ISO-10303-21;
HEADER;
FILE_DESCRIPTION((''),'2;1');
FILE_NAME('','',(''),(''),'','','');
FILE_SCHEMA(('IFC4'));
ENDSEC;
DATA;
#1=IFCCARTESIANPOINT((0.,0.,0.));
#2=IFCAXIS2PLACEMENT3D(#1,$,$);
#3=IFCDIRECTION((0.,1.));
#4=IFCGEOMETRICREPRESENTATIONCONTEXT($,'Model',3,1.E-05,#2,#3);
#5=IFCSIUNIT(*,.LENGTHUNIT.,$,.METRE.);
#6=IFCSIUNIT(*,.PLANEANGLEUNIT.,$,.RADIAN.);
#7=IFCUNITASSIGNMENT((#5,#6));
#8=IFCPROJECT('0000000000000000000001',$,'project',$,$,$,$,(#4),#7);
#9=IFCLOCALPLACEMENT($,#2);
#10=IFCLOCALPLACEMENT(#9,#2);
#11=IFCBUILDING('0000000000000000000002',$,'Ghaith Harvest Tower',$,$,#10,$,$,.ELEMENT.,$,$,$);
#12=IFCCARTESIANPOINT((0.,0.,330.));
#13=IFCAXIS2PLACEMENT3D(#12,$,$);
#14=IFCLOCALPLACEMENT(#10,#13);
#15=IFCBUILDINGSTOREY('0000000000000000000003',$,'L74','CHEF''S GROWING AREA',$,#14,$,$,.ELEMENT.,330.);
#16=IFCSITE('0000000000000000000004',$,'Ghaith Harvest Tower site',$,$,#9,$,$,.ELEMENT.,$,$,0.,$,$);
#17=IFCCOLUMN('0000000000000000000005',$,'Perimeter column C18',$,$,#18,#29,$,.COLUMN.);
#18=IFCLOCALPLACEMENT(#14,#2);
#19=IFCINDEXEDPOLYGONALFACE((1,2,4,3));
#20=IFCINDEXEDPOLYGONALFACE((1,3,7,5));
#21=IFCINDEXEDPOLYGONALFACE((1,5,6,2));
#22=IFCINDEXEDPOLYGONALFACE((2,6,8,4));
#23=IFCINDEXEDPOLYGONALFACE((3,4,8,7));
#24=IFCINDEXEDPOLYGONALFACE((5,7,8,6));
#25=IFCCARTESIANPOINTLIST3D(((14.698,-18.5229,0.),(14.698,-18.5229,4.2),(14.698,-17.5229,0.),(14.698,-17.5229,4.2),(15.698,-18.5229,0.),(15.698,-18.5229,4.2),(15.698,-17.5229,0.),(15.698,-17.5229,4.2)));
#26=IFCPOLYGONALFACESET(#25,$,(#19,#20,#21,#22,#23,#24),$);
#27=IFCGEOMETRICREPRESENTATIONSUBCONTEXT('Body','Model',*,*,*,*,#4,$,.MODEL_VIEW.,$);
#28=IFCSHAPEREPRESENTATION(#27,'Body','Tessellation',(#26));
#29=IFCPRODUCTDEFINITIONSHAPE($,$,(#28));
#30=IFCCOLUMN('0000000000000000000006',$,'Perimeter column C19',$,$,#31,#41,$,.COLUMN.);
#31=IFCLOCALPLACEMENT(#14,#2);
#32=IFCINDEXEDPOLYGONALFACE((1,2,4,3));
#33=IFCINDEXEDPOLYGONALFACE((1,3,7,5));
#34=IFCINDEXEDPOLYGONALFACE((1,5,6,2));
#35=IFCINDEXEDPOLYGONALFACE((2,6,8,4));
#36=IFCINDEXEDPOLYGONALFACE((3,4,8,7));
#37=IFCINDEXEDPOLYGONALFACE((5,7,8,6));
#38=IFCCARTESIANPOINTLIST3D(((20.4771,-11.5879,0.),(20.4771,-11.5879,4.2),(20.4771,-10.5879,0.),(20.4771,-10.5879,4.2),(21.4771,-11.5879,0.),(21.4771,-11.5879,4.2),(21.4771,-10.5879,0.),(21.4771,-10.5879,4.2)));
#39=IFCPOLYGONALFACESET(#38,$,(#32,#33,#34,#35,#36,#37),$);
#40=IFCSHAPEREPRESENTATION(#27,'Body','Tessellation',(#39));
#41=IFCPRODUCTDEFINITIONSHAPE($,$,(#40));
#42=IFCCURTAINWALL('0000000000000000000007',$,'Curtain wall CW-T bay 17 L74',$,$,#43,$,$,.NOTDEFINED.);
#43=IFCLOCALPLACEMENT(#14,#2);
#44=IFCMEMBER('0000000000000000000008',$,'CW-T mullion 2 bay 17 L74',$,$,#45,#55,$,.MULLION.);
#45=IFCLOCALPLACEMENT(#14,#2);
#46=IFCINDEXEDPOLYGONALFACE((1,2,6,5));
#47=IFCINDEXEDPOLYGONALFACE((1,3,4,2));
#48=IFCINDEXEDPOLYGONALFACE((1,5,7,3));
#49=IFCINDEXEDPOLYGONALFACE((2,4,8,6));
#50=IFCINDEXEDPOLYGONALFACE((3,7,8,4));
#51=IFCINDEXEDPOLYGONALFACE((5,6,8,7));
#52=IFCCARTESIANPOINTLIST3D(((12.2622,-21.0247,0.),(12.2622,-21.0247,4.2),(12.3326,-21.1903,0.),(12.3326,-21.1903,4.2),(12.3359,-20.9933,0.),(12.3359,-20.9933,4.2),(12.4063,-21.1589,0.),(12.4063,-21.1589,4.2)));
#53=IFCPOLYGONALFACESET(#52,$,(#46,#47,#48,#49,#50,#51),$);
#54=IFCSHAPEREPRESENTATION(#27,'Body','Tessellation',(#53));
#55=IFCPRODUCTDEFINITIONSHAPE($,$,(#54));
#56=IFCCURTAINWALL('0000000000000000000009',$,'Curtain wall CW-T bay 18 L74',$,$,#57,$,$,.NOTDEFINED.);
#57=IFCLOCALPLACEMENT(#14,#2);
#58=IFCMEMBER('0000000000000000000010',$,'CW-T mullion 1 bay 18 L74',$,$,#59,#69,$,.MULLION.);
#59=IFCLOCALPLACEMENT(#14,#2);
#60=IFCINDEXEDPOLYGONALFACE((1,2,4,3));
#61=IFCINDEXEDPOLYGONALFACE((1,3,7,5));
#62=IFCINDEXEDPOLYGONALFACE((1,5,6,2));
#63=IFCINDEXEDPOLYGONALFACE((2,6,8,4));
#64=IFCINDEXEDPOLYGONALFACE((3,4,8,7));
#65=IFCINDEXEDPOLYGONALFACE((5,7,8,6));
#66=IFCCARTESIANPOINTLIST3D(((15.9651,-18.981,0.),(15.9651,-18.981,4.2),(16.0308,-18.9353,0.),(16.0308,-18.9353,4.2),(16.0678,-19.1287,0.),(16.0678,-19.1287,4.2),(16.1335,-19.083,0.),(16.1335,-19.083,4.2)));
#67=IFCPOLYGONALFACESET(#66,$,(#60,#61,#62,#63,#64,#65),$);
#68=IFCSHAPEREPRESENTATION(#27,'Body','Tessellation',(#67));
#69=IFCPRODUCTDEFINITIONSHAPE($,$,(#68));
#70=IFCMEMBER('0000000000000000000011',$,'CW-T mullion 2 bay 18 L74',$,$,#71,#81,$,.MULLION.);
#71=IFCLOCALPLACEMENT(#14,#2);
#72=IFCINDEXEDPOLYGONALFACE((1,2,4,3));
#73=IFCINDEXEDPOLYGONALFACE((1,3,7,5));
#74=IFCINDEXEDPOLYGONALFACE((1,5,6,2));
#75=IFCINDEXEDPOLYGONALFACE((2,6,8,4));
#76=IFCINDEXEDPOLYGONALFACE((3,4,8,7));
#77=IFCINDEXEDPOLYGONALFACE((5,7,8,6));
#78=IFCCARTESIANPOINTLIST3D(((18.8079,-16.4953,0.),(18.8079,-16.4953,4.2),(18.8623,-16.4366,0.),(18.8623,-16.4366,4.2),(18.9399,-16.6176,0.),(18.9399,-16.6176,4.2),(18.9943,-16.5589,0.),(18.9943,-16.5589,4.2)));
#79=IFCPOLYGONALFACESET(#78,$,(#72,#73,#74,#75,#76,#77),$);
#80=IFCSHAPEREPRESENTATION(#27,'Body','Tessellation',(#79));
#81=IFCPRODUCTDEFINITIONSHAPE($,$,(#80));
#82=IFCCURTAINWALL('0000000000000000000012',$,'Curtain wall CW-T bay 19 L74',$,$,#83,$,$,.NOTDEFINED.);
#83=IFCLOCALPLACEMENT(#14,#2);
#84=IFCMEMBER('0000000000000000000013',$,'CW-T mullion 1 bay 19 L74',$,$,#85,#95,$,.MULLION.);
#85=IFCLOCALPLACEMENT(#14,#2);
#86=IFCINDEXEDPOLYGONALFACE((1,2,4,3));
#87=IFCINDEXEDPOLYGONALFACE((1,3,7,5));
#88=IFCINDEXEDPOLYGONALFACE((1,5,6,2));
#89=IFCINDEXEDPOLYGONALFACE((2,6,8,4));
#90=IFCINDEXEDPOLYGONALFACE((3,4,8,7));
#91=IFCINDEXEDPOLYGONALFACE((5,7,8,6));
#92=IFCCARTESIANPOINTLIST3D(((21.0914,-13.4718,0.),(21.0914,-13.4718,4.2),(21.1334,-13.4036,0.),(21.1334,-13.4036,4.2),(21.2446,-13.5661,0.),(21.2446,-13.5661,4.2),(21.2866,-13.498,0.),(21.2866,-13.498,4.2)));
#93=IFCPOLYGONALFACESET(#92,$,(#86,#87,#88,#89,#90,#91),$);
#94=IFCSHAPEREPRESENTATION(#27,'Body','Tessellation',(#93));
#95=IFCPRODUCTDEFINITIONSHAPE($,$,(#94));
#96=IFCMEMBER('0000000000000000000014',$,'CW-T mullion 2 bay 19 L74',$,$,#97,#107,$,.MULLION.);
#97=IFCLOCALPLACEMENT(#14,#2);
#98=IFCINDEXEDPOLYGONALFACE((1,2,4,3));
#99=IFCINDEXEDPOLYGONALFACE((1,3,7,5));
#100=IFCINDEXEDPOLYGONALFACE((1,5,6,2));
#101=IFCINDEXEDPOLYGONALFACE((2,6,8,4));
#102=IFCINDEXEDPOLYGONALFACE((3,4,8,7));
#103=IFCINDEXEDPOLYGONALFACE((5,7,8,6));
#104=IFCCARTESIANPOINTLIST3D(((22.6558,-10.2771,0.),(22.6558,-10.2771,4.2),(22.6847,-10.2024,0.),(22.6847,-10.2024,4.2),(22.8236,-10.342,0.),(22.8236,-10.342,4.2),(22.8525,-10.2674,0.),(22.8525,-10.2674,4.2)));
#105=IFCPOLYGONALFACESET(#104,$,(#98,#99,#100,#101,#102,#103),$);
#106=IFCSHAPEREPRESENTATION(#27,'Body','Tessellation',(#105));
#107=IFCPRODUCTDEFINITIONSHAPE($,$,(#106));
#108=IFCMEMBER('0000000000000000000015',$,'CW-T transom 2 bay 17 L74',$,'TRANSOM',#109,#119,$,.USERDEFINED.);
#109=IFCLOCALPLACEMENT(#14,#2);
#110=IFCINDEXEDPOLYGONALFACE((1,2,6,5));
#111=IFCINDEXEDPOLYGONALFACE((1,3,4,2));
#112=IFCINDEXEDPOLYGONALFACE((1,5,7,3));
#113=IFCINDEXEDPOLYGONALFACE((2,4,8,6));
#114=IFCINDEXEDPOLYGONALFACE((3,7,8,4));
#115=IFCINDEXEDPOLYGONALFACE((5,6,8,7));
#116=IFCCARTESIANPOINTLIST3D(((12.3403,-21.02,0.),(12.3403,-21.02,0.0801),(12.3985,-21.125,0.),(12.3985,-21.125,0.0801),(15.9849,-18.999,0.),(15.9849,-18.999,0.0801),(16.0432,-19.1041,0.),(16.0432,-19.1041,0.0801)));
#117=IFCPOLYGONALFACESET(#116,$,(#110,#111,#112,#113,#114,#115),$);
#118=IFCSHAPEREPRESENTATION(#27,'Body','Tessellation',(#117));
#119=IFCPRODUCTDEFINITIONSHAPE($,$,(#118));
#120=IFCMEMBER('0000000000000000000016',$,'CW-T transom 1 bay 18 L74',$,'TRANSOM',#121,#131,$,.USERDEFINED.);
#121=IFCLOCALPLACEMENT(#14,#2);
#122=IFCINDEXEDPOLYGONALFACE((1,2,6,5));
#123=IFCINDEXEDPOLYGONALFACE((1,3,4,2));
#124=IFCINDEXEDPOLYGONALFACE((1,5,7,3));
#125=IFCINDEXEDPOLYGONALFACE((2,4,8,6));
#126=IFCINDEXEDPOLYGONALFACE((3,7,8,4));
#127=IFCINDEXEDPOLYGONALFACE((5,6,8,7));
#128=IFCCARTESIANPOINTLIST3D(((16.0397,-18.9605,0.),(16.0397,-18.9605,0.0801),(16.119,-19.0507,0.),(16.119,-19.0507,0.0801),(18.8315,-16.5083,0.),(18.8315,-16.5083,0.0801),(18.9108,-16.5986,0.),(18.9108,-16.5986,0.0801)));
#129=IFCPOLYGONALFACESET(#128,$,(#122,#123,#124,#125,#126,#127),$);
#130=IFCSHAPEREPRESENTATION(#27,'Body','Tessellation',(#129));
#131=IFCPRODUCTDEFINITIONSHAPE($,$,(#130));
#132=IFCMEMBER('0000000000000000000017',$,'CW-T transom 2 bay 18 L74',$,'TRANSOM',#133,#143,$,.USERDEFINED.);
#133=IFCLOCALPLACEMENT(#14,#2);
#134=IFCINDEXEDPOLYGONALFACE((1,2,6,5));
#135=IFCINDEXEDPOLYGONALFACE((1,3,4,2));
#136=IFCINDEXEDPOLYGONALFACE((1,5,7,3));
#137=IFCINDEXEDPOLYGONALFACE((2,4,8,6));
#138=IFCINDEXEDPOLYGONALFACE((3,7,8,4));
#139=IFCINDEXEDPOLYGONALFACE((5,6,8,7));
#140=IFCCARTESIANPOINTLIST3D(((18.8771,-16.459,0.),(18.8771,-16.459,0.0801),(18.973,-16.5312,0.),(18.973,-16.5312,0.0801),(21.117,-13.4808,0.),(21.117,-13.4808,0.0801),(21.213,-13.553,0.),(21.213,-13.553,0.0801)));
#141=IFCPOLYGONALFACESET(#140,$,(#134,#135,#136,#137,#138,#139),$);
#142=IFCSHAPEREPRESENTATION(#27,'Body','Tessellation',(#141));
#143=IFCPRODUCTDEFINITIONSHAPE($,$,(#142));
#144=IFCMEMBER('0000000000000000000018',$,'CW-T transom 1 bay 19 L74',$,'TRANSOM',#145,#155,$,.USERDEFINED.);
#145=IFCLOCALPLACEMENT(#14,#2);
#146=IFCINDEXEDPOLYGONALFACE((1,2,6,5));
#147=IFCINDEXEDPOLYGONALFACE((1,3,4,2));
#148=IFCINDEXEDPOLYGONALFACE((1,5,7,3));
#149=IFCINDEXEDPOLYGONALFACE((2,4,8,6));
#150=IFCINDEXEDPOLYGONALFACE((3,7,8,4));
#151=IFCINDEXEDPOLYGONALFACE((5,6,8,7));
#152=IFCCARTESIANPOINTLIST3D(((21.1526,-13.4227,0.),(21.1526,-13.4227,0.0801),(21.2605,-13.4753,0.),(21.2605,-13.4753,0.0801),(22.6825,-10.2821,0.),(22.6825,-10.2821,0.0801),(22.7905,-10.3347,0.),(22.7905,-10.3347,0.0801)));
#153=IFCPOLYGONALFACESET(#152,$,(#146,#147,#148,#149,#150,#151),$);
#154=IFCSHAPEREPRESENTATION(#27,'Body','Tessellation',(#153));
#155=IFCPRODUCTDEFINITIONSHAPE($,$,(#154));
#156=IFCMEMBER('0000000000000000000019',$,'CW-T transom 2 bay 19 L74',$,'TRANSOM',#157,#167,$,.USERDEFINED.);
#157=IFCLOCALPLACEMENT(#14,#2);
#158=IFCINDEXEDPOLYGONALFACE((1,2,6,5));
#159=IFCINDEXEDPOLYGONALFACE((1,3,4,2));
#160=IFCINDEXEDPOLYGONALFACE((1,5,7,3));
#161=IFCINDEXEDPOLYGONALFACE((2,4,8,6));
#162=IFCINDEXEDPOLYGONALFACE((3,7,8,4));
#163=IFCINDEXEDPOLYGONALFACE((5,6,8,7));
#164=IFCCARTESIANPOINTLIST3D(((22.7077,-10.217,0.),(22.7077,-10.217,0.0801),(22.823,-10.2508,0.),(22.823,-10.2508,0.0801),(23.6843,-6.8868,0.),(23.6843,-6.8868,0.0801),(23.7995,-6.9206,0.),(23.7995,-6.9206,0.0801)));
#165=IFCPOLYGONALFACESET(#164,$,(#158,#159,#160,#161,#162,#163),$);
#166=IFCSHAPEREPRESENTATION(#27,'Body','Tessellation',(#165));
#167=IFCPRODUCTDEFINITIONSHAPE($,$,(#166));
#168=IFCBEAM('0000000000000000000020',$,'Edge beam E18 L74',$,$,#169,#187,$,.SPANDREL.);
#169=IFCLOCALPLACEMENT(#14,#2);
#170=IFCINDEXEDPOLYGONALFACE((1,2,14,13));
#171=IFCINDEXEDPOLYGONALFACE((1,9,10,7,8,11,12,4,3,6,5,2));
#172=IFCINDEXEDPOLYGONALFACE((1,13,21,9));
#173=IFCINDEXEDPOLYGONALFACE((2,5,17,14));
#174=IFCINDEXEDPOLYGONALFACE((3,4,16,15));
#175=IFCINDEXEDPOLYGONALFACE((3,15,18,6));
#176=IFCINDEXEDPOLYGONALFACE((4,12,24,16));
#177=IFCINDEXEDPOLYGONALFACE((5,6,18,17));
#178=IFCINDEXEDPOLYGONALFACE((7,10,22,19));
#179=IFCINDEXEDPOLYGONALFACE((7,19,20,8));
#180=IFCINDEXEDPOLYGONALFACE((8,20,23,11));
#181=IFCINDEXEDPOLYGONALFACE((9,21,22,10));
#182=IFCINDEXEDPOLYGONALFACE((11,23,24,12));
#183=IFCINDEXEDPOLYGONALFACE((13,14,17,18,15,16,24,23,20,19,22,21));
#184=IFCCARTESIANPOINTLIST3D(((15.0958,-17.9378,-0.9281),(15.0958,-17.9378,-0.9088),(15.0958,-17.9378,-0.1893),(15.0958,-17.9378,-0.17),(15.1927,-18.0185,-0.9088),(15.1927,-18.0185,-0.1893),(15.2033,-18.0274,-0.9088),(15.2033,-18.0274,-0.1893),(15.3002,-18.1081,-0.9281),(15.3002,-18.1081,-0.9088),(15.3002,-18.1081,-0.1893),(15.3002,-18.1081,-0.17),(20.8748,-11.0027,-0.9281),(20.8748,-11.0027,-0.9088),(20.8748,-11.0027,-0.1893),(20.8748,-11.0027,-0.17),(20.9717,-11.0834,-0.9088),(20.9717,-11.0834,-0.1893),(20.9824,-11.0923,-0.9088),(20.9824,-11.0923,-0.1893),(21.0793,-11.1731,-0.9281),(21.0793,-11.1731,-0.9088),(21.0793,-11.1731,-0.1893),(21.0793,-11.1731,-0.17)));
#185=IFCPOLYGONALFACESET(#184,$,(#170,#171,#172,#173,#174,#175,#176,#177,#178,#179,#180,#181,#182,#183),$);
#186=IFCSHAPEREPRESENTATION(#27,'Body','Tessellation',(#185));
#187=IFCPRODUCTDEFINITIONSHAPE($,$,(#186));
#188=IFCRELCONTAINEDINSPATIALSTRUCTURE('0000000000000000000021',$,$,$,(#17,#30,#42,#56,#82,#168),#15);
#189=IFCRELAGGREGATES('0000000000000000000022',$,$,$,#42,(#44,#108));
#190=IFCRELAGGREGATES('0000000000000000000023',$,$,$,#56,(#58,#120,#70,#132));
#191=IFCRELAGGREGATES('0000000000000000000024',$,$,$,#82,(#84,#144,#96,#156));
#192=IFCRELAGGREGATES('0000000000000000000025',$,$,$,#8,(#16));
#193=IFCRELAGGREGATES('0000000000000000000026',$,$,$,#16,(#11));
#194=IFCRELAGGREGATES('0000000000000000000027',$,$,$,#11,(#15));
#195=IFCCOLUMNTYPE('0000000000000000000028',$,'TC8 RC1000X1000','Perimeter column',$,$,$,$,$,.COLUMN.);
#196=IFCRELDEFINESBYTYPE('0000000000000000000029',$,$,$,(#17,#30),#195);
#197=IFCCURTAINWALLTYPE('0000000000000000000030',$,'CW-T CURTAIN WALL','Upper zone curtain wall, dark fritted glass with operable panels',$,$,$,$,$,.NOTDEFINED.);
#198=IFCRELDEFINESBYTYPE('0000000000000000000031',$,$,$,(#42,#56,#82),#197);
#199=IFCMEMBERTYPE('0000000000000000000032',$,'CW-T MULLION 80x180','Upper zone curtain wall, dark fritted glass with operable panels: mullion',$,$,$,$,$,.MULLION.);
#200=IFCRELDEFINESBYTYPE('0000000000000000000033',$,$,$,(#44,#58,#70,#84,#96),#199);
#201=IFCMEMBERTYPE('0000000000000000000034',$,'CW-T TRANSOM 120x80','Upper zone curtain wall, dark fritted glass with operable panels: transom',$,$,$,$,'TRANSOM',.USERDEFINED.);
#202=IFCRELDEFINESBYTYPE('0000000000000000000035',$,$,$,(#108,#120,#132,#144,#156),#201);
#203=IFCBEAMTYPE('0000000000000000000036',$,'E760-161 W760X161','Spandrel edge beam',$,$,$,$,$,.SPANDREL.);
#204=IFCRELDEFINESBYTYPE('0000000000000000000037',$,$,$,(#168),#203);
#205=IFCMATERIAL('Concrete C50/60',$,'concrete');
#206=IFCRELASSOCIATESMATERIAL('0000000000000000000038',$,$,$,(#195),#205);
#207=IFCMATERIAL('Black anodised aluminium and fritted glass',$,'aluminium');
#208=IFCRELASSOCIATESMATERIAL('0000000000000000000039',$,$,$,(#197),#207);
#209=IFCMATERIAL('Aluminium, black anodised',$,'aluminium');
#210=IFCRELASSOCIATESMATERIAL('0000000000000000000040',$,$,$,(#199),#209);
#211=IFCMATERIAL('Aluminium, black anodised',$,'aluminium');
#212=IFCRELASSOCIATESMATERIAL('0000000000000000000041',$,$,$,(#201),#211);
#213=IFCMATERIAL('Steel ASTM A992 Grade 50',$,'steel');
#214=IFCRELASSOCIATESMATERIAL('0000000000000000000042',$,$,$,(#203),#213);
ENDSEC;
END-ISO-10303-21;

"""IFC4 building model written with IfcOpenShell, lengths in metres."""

from ifc_helpers import new_model, si_unit, direction, frame, origin, origin_2d, place, context, subcontext, project, spatial, rectangle, i_section, extrude, material, material_profile, profile_set, type_object, element, aggregate, save


model = new_model("IFC4")

# Units and contexts
model_context = context("Model", 3, precision=1e-05, world=origin(), true_north=direction((0.0, 1.0)))
body_context = subcontext(model_context, "Body", "Model", "MODEL_VIEW")
ifc_project = project(units=[si_unit("LENGTHUNIT", "METRE"), si_unit("PLANEANGLEUNIT", "RADIAN")], contexts=[model_context])

# Site, building, storey
site_placement = place(None, origin())
site = spatial("IfcSite", under=ifc_project, at=site_placement, Name="Ghaith Harvest Tower site", CompositionType="ELEMENT", RefElevation=0.0)
building_placement = place(site_placement, origin())
building = spatial("IfcBuilding", under=site, at=building_placement, Name="Ghaith Harvest Tower", CompositionType="ELEMENT")
storey_placement = place(building_placement, frame((0.0, 0.0, 330.0)))
storey = spatial("IfcBuildingStorey", under=building, at=storey_placement, Name="L74", Description="CHEF'S GROWING AREA", CompositionType="ELEMENT", Elevation=330.0)

# Columns
ifc_material_1 = material(Name="Concrete C50/60", Category="concrete")
ifc_material_profile_1 = material_profile(ifc_material_1, rectangle(XDim=1.0, YDim=1.0, at=origin_2d()), Name="RC1000X1000")
ifc_profile_set_1 = profile_set([ifc_material_profile_1], Name="Concrete C50/60")
column_type = type_object("IfcColumnType", Name="TC8 RC1000X1000", Description="Perimeter column", PredefinedType="COLUMN", material=ifc_profile_set_1)
for number, where, z_axis, x_axis, name in (
    (1, (15.198, -18.0229, 0.0), (0.0, 0.0, 1.0), (1.0, 0.0, 0.0), "Perimeter column C18"),
    (2, (20.9771, -11.0879, 0.0), (0.0, 0.0, 1.0), (1.0, 0.0, 0.0), "Perimeter column C19"),
):
    element("IfcColumn", number, at=place(storey_placement, frame(where, z_axis=z_axis, x_axis=x_axis)), inside=storey, type_object=column_type, Name=name, PredefinedType="COLUMN", context=body_context, shape_type="SweptSolid", body=[
        extrude(rectangle(XDim=1.0, YDim=1.0, at=origin_2d()), origin(), (0.0, 0.0, 1.0), 4.2),
    ])

# Curtain wall, member
ifc_material_2 = material(Name="Black anodised aluminium and fritted glass", Category="aluminium")
curtain_wall_type = type_object("IfcCurtainWallType", Name="CW-T CURTAIN WALL", Description="Upper zone curtain wall, dark fritted glass with operable panels", PredefinedType="NOTDEFINED", material=ifc_material_2)
curtain_wall_1_placement = place(storey_placement, origin())
curtain_wall_1 = element("IfcCurtainWall", 3, at=curtain_wall_1_placement, inside=storey, type_object=curtain_wall_type, Name="Curtain wall CW-T bay 17 L74", PredefinedType="NOTDEFINED")
ifc_material_3 = material(Name="Aluminium, black anodised", Category="aluminium")
ifc_material_profile_2 = material_profile(ifc_material_3, rectangle(XDim=0.0801, YDim=0.1799, at=origin_2d()), Name="CW-T MULLION 80x180")
ifc_profile_set_2 = profile_set([ifc_material_profile_2], Name="Aluminium, black anodised")
member_type_1 = type_object("IfcMemberType", Name="CW-T MULLION 80x180", Description="Upper zone curtain wall, dark fritted glass with operable panels: mullion", PredefinedType="MULLION", material=ifc_profile_set_2)
member_1_placement = place(storey_placement, frame((12.3342, -21.0918, 0.0), z_axis=(0.0, 0.0, 1.0), x_axis=(0.920319, 0.391168, 0.0)))
member_1 = element("IfcMember", 4, at=member_1_placement, type_object=member_type_1, Name="CW-T mullion 2 bay 17 L74", PredefinedType="MULLION", context=body_context, shape_type="SweptSolid", body=[
    extrude(rectangle(XDim=0.0801, YDim=0.1799, at=origin_2d()), origin(), (0.0, 0.0, 1.0), 4.2),
])

# Curtain walls, members
curtain_wall_2_placement = place(storey_placement, origin())
curtain_wall_2 = element("IfcCurtainWall", 5, at=curtain_wall_2_placement, inside=storey, type_object=curtain_wall_type, Name="Curtain wall CW-T bay 18 L74", PredefinedType="NOTDEFINED")
member_2_placement = place(storey_placement, frame((16.0493, -19.032, 0.0), z_axis=(0.0, 0.0, 1.0), x_axis=(0.821112, 0.570767, 0.0)))
member_2 = element("IfcMember", 6, at=member_2_placement, type_object=member_type_1, Name="CW-T mullion 1 bay 18 L74", PredefinedType="MULLION", context=body_context, shape_type="SweptSolid", body=[
    extrude(rectangle(XDim=0.0801, YDim=0.1799, at=origin_2d()), origin(), (0.0, 0.0, 1.0), 4.2),
])
member_3_placement = place(storey_placement, frame((18.9011, -16.5271, 0.0), z_axis=(0.0, 0.0, 1.0), x_axis=(0.679661, 0.733526, 0.0)))
member_3 = element("IfcMember", 7, at=member_3_placement, type_object=member_type_1, Name="CW-T mullion 2 bay 18 L74", PredefinedType="MULLION", context=body_context, shape_type="SweptSolid", body=[
    extrude(rectangle(XDim=0.0801, YDim=0.1799, at=origin_2d()), origin(), (0.0, 0.0, 1.0), 4.2),
])
curtain_wall_3_placement = place(storey_placement, origin())
curtain_wall_3 = element("IfcCurtainWall", 8, at=curtain_wall_3_placement, inside=storey, type_object=curtain_wall_type, Name="Curtain wall CW-T bay 19 L74", PredefinedType="NOTDEFINED")
member_4_placement = place(storey_placement, frame((21.189, -13.4849, 0.0), z_axis=(0.0, 0.0, 1.0), x_axis=(0.524482, 0.851421, 0.0)))
member_4 = element("IfcMember", 9, at=member_4_placement, type_object=member_type_1, Name="CW-T mullion 1 bay 19 L74", PredefinedType="MULLION", context=body_context, shape_type="SweptSolid", body=[
    extrude(rectangle(XDim=0.0801, YDim=0.1799, at=origin_2d()), origin(), (0.0, 0.0, 1.0), 4.2),
])
member_5_placement = place(storey_placement, frame((22.7542, -10.2722, 0.0), z_axis=(0.0, 0.0, 1.0), x_axis=(0.361184, 0.932494, 0.0)))
member_5 = element("IfcMember", 10, at=member_5_placement, type_object=member_type_1, Name="CW-T mullion 2 bay 19 L74", PredefinedType="MULLION", context=body_context, shape_type="SweptSolid", body=[
    extrude(rectangle(XDim=0.0801, YDim=0.1799, at=origin_2d()), origin(), (0.0, 0.0, 1.0), 4.2),
])

# Members
ifc_material_4 = material(Name="Aluminium, black anodised", Category="aluminium")
ifc_material_profile_3 = material_profile(ifc_material_4, rectangle(XDim=0.1201, YDim=0.0801, at=origin_2d()), Name="CW-T TRANSOM 120x80")
ifc_profile_set_3 = profile_set([ifc_material_profile_3], Name="Aluminium, black anodised")
member_type_2 = type_object("IfcMemberType", Name="CW-T TRANSOM 120x80", Description="Upper zone curtain wall, dark fritted glass with operable panels: transom", ElementType="TRANSOM", PredefinedType="USERDEFINED", material=ifc_profile_set_3)
member_6_placement = place(storey_placement, frame((12.3694, -21.0725, 0.04), z_axis=(0.874552, 0.484932, 0.0), x_axis=(-0.484932, 0.874552, 0.0)))
member_6 = element("IfcMember", 11, at=member_6_placement, type_object=member_type_2, Name="CW-T transom 2 bay 17 L74", ObjectType="TRANSOM", PredefinedType="USERDEFINED", context=body_context, shape_type="SweptSolid", body=[
    extrude(rectangle(XDim=0.1201, YDim=0.0801, at=origin_2d()), origin(), (0.0, 0.0, 1.0), 4.1675),
])
member_7_placement = place(storey_placement, frame((16.0793, -19.0056, 0.04), z_axis=(0.751326, 0.659931, 0.0), x_axis=(-0.659931, 0.751326, 0.0)))
member_7 = element("IfcMember", 12, at=member_7_placement, type_object=member_type_2, Name="CW-T transom 1 bay 18 L74", ObjectType="TRANSOM", PredefinedType="USERDEFINED", context=body_context, shape_type="SweptSolid", body=[
    extrude(rectangle(XDim=0.1201, YDim=0.0801, at=origin_2d()), origin(), (0.0, 0.0, 1.0), 3.7158),
])
member_8_placement = place(storey_placement, frame((18.925, -16.4951, 0.04), z_axis=(0.601079, 0.79919, 0.0), x_axis=(-0.79919, 0.601079, 0.0)))
member_8 = element("IfcMember", 13, at=member_8_placement, type_object=member_type_2, Name="CW-T transom 2 bay 18 L74", ObjectType="TRANSOM", PredefinedType="USERDEFINED", context=body_context, shape_type="SweptSolid", body=[
    extrude(rectangle(XDim=0.1201, YDim=0.0801, at=origin_2d()), origin(), (0.0, 0.0, 1.0), 3.7266),
])
member_9_placement = place(storey_placement, frame((21.2065, -13.449, 0.04), z_axis=(0.437965, 0.898992, 0.0), x_axis=(-0.898992, 0.437965, 0.0)))
member_9 = element("IfcMember", 14, at=member_9_placement, type_object=member_type_2, Name="CW-T transom 1 bay 19 L74", ObjectType="TRANSOM", PredefinedType="USERDEFINED", context=body_context, shape_type="SweptSolid", body=[
    extrude(rectangle(XDim=0.1201, YDim=0.0801, at=origin_2d()), origin(), (0.0, 0.0, 1.0), 3.4934),
])
member_10_placement = place(storey_placement, frame((22.7654, -10.2339, 0.04), z_axis=(0.281385, 0.959595, 0.0), x_axis=(-0.959595, 0.281385, 0.0)))
member_10 = element("IfcMember", 15, at=member_10_placement, type_object=member_type_2, Name="CW-T transom 2 bay 19 L74", ObjectType="TRANSOM", PredefinedType="USERDEFINED", context=body_context, shape_type="SweptSolid", body=[
    extrude(rectangle(XDim=0.1201, YDim=0.0801, at=origin_2d()), origin(), (0.0, 0.0, 1.0), 3.4705),
])

# Beam
ifc_material_5 = material(Name="Steel ASTM A992 Grade 50", Category="steel")
ifc_material_profile_4 = material_profile(ifc_material_5, i_section(OverallWidth=0.2661, OverallDepth=0.7581, WebThickness=0.0139, FlangeThickness=0.0193, at=origin_2d()), Name="W760X161")
ifc_profile_set_4 = profile_set([ifc_material_profile_4], Name="Steel ASTM A992 Grade 50")
beam_type_1 = type_object("IfcBeamType", Name="E760-161 W760X161", Description="Spandrel edge beam", PredefinedType="SPANDREL", material=ifc_profile_set_4)
beam_1_placement = place(storey_placement, frame((15.198, -18.0229, -0.5491), z_axis=(0.640174, 0.76823, 0.0), x_axis=(-0.76823, 0.640174, 0.0)))
element("IfcBeam", 16, at=beam_1_placement, inside=storey, type_object=beam_type_1, Name="Edge beam E18 L74", PredefinedType="SPANDREL", context=body_context, shape_type="SweptSolid", body=[
    extrude(i_section(OverallWidth=0.2661, OverallDepth=0.7581, WebThickness=0.0139, FlangeThickness=0.0193, at=origin_2d()), origin(), (0.0, 0.0, 1.0), 9.0273),
])

aggregate(curtain_wall_1, [member_1, member_6])
aggregate(curtain_wall_2, [member_2, member_7, member_3, member_8])
aggregate(curtain_wall_3, [member_4, member_9, member_5, member_10])

save(model, "model.ifc")
